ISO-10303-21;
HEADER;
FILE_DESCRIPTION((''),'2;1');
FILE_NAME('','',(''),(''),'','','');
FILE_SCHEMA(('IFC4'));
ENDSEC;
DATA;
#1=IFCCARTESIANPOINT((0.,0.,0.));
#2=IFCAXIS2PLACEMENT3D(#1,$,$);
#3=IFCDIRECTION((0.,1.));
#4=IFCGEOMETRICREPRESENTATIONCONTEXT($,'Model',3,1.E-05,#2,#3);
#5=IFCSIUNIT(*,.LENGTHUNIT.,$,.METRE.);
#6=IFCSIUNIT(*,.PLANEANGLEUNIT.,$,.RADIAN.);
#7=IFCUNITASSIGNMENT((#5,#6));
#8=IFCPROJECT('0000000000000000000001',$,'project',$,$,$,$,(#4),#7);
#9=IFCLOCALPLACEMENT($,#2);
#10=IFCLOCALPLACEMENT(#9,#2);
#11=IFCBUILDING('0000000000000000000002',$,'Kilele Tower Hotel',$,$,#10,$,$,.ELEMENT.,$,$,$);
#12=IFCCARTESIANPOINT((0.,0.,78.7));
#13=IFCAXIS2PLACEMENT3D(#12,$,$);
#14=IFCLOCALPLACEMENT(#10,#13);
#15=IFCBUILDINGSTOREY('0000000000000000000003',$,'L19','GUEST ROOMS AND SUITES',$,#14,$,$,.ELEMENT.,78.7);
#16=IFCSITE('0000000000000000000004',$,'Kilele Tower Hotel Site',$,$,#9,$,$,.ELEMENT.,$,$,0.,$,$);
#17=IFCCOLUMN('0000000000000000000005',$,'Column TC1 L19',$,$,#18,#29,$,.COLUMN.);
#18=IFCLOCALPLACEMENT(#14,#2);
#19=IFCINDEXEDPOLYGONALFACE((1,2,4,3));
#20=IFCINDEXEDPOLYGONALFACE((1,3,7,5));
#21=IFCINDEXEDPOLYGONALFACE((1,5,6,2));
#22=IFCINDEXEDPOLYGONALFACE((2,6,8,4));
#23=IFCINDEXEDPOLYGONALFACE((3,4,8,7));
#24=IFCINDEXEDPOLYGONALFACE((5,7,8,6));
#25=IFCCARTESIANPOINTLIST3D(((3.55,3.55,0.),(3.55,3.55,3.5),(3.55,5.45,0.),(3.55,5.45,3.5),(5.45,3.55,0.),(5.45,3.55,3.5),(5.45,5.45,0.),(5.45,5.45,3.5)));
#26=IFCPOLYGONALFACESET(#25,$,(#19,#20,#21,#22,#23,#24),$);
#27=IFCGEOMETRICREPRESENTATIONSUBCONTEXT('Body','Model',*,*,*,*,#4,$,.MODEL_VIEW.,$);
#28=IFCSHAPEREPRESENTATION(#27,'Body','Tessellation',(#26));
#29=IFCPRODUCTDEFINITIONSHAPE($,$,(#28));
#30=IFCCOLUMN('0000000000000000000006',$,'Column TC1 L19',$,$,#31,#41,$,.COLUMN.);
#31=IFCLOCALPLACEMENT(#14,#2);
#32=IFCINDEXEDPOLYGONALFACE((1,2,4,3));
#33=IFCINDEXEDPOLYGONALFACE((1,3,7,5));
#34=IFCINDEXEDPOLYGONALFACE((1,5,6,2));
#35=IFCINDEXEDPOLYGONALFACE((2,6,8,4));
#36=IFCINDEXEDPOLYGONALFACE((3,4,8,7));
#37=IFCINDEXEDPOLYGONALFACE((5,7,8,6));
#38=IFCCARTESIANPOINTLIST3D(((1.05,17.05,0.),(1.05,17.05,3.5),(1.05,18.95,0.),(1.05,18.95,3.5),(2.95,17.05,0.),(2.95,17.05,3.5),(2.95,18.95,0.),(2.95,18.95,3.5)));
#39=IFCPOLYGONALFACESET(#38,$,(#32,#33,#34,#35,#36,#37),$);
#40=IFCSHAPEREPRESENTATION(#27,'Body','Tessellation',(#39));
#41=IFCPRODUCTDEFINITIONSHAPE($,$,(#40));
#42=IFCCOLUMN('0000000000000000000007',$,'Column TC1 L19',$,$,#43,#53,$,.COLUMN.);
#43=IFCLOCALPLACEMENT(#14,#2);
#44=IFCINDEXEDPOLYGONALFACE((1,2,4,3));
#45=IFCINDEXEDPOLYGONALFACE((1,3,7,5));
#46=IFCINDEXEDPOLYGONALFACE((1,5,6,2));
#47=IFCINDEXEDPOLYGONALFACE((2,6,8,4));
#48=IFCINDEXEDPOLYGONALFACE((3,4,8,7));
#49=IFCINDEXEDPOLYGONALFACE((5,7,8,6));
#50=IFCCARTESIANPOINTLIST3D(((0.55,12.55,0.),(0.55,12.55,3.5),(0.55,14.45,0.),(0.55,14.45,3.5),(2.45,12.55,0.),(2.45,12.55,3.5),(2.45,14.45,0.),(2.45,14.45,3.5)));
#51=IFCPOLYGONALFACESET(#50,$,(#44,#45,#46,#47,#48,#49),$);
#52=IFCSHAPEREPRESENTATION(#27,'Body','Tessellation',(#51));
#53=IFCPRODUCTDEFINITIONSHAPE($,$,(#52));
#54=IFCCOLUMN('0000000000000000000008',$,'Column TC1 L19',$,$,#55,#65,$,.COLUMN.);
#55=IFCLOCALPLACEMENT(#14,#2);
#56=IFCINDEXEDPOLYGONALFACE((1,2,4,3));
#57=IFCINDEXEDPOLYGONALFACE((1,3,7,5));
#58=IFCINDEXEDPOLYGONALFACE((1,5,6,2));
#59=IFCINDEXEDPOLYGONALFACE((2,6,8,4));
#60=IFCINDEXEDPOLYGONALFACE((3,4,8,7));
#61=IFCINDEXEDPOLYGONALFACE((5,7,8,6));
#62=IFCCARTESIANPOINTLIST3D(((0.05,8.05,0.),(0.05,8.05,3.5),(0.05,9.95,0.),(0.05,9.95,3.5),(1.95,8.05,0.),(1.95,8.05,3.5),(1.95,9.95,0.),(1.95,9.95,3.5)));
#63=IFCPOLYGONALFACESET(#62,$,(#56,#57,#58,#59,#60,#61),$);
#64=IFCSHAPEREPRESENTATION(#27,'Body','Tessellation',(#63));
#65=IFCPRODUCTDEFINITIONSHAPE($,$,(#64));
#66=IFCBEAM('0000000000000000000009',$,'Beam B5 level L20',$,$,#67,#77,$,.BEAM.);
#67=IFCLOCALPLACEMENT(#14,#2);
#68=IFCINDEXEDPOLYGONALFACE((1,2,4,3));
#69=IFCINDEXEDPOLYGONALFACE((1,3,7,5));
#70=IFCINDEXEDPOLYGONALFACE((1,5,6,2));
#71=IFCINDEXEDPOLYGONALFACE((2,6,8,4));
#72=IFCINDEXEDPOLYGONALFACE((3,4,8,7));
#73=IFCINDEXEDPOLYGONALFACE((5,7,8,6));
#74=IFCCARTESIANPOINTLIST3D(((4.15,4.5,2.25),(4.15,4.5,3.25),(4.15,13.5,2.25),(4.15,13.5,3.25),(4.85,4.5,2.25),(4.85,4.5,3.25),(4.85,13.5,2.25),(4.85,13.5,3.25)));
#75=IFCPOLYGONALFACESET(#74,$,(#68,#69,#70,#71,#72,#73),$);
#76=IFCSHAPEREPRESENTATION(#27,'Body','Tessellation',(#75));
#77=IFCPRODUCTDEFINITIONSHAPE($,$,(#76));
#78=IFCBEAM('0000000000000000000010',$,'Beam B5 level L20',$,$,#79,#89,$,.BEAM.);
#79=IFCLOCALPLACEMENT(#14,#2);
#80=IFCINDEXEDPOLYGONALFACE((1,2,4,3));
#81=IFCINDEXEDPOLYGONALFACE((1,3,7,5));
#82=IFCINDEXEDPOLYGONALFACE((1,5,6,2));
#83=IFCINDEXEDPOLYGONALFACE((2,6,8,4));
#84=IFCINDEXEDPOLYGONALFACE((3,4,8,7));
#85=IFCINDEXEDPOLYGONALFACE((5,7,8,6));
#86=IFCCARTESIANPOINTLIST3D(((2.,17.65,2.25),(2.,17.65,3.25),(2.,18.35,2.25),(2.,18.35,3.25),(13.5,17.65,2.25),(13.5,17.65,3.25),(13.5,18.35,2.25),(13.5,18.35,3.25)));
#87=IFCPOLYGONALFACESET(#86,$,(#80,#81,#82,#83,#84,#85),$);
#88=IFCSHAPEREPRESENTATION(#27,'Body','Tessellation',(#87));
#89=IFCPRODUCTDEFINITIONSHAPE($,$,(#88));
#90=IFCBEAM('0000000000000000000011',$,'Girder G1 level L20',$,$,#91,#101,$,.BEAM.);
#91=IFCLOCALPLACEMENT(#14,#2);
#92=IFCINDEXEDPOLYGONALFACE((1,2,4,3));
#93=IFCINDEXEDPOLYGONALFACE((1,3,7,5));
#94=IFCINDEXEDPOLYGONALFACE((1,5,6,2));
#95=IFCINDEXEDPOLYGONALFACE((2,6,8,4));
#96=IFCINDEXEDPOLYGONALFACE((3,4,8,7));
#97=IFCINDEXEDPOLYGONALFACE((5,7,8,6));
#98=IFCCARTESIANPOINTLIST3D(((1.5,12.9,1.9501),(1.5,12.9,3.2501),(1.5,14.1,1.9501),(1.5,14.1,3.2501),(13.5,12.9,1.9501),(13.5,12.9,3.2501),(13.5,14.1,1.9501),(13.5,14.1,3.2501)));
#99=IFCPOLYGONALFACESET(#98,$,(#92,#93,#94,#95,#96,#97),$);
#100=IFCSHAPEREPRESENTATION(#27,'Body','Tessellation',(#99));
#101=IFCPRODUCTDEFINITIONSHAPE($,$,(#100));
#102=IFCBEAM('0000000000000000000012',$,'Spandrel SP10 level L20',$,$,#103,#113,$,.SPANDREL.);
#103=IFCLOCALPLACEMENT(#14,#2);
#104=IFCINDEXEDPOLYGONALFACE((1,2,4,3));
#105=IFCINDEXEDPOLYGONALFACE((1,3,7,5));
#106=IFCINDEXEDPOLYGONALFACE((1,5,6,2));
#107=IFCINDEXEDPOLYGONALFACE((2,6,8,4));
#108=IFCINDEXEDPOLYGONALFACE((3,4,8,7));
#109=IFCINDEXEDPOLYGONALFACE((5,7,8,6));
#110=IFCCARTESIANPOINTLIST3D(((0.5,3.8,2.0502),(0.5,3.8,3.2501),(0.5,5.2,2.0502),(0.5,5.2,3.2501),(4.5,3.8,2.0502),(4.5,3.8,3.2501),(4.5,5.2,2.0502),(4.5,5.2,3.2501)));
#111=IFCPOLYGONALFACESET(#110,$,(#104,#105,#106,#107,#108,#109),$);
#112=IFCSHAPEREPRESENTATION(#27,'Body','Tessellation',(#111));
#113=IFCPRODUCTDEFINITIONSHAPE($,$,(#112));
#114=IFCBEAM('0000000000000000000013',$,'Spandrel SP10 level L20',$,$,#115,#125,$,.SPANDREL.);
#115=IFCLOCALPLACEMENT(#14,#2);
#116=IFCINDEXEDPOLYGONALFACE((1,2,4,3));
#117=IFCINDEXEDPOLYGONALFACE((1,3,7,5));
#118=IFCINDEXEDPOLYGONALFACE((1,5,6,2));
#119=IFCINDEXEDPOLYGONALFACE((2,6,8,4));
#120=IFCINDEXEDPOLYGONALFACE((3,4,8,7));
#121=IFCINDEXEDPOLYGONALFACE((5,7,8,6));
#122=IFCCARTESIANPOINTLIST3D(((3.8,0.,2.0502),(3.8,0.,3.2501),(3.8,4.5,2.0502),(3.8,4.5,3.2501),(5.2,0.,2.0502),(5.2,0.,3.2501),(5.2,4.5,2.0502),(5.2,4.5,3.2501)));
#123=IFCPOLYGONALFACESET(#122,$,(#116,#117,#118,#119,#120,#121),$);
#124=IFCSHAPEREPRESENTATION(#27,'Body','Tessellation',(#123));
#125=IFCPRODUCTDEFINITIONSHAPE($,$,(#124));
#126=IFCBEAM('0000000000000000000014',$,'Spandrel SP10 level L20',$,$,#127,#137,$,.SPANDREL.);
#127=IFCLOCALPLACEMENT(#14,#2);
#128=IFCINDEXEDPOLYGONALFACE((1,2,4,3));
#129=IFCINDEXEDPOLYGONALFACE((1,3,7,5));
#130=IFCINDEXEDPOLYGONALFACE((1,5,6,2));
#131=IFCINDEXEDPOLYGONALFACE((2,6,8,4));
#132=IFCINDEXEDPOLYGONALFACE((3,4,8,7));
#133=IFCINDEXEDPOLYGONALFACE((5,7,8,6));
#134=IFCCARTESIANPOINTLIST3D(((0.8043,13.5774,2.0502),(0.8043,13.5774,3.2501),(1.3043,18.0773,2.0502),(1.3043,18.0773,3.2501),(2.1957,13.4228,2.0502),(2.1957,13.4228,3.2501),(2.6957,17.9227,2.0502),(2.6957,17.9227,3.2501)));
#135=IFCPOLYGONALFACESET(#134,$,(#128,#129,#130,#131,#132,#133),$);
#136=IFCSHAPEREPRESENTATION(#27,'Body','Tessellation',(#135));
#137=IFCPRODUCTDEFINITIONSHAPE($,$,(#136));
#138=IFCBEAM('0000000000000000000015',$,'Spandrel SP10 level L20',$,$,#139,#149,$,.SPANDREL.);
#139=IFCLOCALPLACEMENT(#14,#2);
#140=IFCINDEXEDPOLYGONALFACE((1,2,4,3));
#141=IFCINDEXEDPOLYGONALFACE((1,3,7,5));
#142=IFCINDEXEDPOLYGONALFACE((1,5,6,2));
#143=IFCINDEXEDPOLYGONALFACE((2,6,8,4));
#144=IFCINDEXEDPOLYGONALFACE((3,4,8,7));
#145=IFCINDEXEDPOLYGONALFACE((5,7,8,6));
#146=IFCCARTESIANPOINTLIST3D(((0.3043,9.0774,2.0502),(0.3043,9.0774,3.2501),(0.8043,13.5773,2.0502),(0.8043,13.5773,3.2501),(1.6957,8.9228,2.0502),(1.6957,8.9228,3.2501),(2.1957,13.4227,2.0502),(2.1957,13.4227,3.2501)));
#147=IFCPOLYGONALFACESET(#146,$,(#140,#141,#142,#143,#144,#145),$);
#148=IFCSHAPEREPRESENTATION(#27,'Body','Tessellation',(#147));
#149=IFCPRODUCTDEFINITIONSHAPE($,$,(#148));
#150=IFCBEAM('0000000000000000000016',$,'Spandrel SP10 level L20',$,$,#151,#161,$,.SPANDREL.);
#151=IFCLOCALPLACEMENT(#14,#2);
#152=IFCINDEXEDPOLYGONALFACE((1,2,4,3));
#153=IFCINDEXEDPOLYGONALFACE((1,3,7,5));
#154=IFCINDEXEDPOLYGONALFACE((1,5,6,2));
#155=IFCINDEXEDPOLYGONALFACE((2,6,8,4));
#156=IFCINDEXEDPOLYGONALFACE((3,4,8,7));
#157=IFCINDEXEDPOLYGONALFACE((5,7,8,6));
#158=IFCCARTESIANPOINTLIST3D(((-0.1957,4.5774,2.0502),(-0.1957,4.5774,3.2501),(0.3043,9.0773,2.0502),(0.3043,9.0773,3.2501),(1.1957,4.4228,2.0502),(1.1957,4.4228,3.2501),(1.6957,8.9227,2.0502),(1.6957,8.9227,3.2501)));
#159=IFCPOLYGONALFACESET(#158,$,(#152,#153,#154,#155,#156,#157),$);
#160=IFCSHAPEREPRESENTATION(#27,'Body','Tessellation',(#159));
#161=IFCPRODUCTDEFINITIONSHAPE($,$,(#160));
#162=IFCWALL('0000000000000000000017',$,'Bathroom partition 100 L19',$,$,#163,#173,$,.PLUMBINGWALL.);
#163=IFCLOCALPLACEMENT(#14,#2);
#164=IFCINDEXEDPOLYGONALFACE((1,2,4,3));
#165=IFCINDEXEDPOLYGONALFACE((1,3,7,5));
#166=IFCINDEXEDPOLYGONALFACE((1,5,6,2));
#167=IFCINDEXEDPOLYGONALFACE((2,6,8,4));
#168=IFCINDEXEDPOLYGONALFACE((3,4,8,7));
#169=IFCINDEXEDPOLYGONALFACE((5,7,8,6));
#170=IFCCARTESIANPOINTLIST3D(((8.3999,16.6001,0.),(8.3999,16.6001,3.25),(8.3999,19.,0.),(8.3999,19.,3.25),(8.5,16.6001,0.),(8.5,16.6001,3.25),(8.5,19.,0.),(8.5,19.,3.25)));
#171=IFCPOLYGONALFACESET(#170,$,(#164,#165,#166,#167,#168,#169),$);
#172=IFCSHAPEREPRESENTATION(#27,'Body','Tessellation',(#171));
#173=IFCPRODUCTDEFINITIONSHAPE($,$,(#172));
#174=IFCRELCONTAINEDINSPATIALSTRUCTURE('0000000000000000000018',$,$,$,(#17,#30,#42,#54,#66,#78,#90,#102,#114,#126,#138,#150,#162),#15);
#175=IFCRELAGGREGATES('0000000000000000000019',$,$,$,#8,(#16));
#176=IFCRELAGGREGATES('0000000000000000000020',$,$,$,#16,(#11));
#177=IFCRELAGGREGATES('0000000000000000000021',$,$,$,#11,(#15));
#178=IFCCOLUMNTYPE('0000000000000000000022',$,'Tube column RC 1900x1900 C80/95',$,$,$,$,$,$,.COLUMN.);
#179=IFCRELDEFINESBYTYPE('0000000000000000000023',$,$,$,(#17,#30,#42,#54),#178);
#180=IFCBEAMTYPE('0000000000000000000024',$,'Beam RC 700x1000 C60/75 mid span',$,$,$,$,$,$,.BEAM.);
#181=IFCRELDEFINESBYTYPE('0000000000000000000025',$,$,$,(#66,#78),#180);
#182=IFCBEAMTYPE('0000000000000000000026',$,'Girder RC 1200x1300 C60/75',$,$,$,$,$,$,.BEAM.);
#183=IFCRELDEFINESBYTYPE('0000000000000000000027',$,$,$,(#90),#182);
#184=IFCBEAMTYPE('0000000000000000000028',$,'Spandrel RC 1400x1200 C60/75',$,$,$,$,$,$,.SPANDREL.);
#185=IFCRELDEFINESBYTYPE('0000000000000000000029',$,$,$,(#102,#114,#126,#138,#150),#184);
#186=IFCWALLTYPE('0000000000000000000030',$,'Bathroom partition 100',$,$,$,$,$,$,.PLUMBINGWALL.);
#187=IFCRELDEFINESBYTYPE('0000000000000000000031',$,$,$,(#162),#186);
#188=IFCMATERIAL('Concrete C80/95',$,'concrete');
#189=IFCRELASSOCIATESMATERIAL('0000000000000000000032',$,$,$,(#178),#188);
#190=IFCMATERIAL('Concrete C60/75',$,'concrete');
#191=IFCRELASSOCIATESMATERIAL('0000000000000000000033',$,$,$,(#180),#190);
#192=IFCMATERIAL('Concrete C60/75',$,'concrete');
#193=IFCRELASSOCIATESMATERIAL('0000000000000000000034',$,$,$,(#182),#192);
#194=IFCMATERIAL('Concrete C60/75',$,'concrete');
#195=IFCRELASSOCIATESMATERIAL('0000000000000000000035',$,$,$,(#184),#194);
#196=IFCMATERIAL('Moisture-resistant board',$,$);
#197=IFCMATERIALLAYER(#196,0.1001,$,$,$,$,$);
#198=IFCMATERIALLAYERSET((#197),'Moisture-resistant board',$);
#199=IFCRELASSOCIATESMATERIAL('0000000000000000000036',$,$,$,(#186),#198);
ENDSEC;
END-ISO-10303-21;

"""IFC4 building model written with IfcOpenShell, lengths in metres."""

from ifc_helpers import new_model, si_unit, direction, frame, frame_2d, origin, origin_2d, place, context, subcontext, project, spatial, rectangle, extrude, material, layer, layer_set, material_profile, profile_set, type_object, element, save


model = new_model("IFC4")

# Units and contexts
model_context = context("Model", 3, precision=1e-05, world=origin(), true_north=direction((0.0, 1.0)))
body_context = subcontext(model_context, "Body", "Model", "MODEL_VIEW")
ifc_project = project(units=[si_unit("LENGTHUNIT", "METRE"), si_unit("PLANEANGLEUNIT", "RADIAN")], contexts=[model_context])

# Site, building, storey
site_placement = place(None, origin())
site = spatial("IfcSite", under=ifc_project, at=site_placement, Name="Kilele Tower Hotel Site", CompositionType="ELEMENT", RefElevation=0.0)
building_placement = place(site_placement, origin())
building = spatial("IfcBuilding", under=site, at=building_placement, Name="Kilele Tower Hotel", CompositionType="ELEMENT")
storey_placement = place(building_placement, frame((0.0, 0.0, 78.7)))
storey = spatial("IfcBuildingStorey", under=building, at=storey_placement, Name="L19", Description="GUEST ROOMS AND SUITES", CompositionType="ELEMENT", Elevation=78.7)

# Columns
ifc_material_1 = material(Name="Concrete C80/95", Category="concrete")
ifc_material_profile_1 = material_profile(ifc_material_1, rectangle(XDim=1.8999, YDim=1.8999, at=origin_2d()))
ifc_profile_set_1 = profile_set([ifc_material_profile_1], Name="Concrete C80/95")
column_type = type_object("IfcColumnType", Name="Tube column RC 1900x1900 C80/95", PredefinedType="COLUMN", material=ifc_profile_set_1)
for number, where, z_axis, x_axis, name in (
    (1, (4.5, 4.5, 0.0), (0.0, 0.0, 1.0), (1.0, 0.0, 0.0), "Column TC1 L19"),
    (2, (2.0, 18.0, 0.0), (0.0, 0.0, 1.0), (1.0, 0.0, 0.0), "Column TC1 L19"),
    (3, (1.5, 13.5, 0.0), (0.0, 0.0, 1.0), (1.0, 0.0, 0.0), "Column TC1 L19"),
    (4, (1.0, 9.0, 0.0), (0.0, 0.0, 1.0), (1.0, 0.0, 0.0), "Column TC1 L19"),
):
    element("IfcColumn", number, at=place(storey_placement, frame(where, z_axis=z_axis, x_axis=x_axis)), inside=storey, type_object=column_type, Name=name, PredefinedType="COLUMN", context=body_context, shape_type="SweptSolid", body=[
        extrude(rectangle(XDim=1.8999, YDim=1.8999, at=origin_2d()), origin(), (0.0, 0.0, 1.0), 3.5),
    ])

# Beams
ifc_material_2 = material(Name="Concrete C60/75", Category="concrete")
ifc_material_profile_2 = material_profile(ifc_material_2, rectangle(XDim=0.7, YDim=1.0, at=origin_2d()))
ifc_profile_set_2 = profile_set([ifc_material_profile_2], Name="Concrete C60/75")
beam_type_1 = type_object("IfcBeamType", Name="Beam RC 700x1000 C60/75 mid span", PredefinedType="BEAM", material=ifc_profile_set_2)
beam_1_placement = place(storey_placement, frame((4.5, 4.5, 2.75), z_axis=(0.0, 1.0, 0.0), x_axis=(-1.0, 0.0, 0.0)))
element("IfcBeam", 5, at=beam_1_placement, inside=storey, type_object=beam_type_1, Name="Beam B5 level L20", PredefinedType="BEAM", context=body_context, shape_type="SweptSolid", body=[
    extrude(rectangle(XDim=0.7, YDim=1.0, at=origin_2d()), origin(), (0.0, 0.0, 1.0), 9.0),
])
beam_2_placement = place(storey_placement, frame((2.0, 18.0, 2.75), z_axis=(1.0, 0.0, 0.0), x_axis=(0.0, 1.0, 0.0)))
element("IfcBeam", 6, at=beam_2_placement, inside=storey, type_object=beam_type_1, Name="Beam B5 level L20", PredefinedType="BEAM", context=body_context, shape_type="SweptSolid", body=[
    extrude(rectangle(XDim=0.7, YDim=1.0, at=origin_2d()), origin(), (0.0, 0.0, 1.0), 11.5),
])
ifc_material_3 = material(Name="Concrete C60/75", Category="concrete")
ifc_material_profile_3 = material_profile(ifc_material_3, rectangle(XDim=1.2, YDim=1.3, at=origin_2d()))
ifc_profile_set_3 = profile_set([ifc_material_profile_3], Name="Concrete C60/75")
beam_type_2 = type_object("IfcBeamType", Name="Girder RC 1200x1300 C60/75", PredefinedType="BEAM", material=ifc_profile_set_3)
beam_3_placement = place(storey_placement, frame((1.5, 13.5, 2.6001), z_axis=(1.0, 0.0, 0.0), x_axis=(0.0, 1.0, 0.0)))
element("IfcBeam", 7, at=beam_3_placement, inside=storey, type_object=beam_type_2, Name="Girder G1 level L20", PredefinedType="BEAM", context=body_context, shape_type="SweptSolid", body=[
    extrude(rectangle(XDim=1.2, YDim=1.3, at=origin_2d()), origin(), (0.0, 0.0, 1.0), 12.0),
])
ifc_material_4 = material(Name="Concrete C60/75", Category="concrete")
ifc_material_profile_4 = material_profile(ifc_material_4, rectangle(XDim=1.3999, YDim=1.2, at=origin_2d()))
ifc_profile_set_4 = profile_set([ifc_material_profile_4], Name="Concrete C60/75")
beam_type_3 = type_object("IfcBeamType", Name="Spandrel RC 1400x1200 C60/75", PredefinedType="SPANDREL", material=ifc_profile_set_4)
beam_4_placement = place(storey_placement, frame((0.5, 4.5, 2.6501), z_axis=(1.0, 0.0, 0.0), x_axis=(0.0, 1.0, 0.0)))
element("IfcBeam", 8, at=beam_4_placement, inside=storey, type_object=beam_type_3, Name="Spandrel SP10 level L20", PredefinedType="SPANDREL", context=body_context, shape_type="SweptSolid", body=[
    extrude(rectangle(XDim=1.3999, YDim=1.2, at=origin_2d()), origin(), (0.0, 0.0, 1.0), 4.0),
])
beam_5_placement = place(storey_placement, frame((4.5, 4.5, 2.6501), z_axis=(0.0, -1.0, 0.0), x_axis=(1.0, 0.0, 0.0)))
element("IfcBeam", 9, at=beam_5_placement, inside=storey, type_object=beam_type_3, Name="Spandrel SP10 level L20", PredefinedType="SPANDREL", context=body_context, shape_type="SweptSolid", body=[
    extrude(rectangle(XDim=1.3999, YDim=1.2, at=origin_2d()), origin(), (0.0, 0.0, 1.0), 4.5),
])
for number, where, z_axis, x_axis, name in (
    (10, (2.0, 18.0, 2.6501), (-0.110432, -0.993884, 0.0), (0.993884, -0.110432, 0.0), "Spandrel SP10 level L20"),
    (11, (1.5, 13.5, 2.6501), (-0.110432, -0.993884, 0.0), (0.993884, -0.110432, 0.0), "Spandrel SP10 level L20"),
    (12, (1.0, 9.0, 2.6501), (-0.110432, -0.993884, 0.0), (0.993884, -0.110432, 0.0), "Spandrel SP10 level L20"),
):
    element("IfcBeam", number, at=place(storey_placement, frame(where, z_axis=z_axis, x_axis=x_axis)), inside=storey, type_object=beam_type_3, Name=name, PredefinedType="SPANDREL", context=body_context, shape_type="SweptSolid", body=[
        extrude(rectangle(XDim=1.3999, YDim=1.2, at=origin_2d()), origin(), (0.0, 0.0, 1.0), 4.5276),
    ])

# Wall
ifc_material_5 = material(Name="Moisture-resistant board")
ifc_layer_1 = layer(ifc_material_5, 0.1001)
ifc_layer_set_1 = layer_set([ifc_layer_1], Name="Moisture-resistant board")
wall_type_1 = type_object("IfcWallType", Name="Bathroom partition 100", PredefinedType="PLUMBINGWALL", material=ifc_layer_set_1)
wall_1_placement = place(storey_placement, frame((8.45, 16.6001, 0.0), z_axis=(0.0, 0.0, 1.0), x_axis=(0.0, 1.0, 0.0)))
element("IfcWall", 13, at=wall_1_placement, inside=storey, type_object=wall_type_1, Name="Bathroom partition 100 L19", PredefinedType="PLUMBINGWALL", context=body_context, shape_type="SweptSolid", body=[
    extrude(rectangle(XDim=2.3999, YDim=0.1001, at=frame_2d((1.2, 0.0))), origin(), (0.0, 0.0, 1.0), 3.25),
])

save(model, "model.ifc")
